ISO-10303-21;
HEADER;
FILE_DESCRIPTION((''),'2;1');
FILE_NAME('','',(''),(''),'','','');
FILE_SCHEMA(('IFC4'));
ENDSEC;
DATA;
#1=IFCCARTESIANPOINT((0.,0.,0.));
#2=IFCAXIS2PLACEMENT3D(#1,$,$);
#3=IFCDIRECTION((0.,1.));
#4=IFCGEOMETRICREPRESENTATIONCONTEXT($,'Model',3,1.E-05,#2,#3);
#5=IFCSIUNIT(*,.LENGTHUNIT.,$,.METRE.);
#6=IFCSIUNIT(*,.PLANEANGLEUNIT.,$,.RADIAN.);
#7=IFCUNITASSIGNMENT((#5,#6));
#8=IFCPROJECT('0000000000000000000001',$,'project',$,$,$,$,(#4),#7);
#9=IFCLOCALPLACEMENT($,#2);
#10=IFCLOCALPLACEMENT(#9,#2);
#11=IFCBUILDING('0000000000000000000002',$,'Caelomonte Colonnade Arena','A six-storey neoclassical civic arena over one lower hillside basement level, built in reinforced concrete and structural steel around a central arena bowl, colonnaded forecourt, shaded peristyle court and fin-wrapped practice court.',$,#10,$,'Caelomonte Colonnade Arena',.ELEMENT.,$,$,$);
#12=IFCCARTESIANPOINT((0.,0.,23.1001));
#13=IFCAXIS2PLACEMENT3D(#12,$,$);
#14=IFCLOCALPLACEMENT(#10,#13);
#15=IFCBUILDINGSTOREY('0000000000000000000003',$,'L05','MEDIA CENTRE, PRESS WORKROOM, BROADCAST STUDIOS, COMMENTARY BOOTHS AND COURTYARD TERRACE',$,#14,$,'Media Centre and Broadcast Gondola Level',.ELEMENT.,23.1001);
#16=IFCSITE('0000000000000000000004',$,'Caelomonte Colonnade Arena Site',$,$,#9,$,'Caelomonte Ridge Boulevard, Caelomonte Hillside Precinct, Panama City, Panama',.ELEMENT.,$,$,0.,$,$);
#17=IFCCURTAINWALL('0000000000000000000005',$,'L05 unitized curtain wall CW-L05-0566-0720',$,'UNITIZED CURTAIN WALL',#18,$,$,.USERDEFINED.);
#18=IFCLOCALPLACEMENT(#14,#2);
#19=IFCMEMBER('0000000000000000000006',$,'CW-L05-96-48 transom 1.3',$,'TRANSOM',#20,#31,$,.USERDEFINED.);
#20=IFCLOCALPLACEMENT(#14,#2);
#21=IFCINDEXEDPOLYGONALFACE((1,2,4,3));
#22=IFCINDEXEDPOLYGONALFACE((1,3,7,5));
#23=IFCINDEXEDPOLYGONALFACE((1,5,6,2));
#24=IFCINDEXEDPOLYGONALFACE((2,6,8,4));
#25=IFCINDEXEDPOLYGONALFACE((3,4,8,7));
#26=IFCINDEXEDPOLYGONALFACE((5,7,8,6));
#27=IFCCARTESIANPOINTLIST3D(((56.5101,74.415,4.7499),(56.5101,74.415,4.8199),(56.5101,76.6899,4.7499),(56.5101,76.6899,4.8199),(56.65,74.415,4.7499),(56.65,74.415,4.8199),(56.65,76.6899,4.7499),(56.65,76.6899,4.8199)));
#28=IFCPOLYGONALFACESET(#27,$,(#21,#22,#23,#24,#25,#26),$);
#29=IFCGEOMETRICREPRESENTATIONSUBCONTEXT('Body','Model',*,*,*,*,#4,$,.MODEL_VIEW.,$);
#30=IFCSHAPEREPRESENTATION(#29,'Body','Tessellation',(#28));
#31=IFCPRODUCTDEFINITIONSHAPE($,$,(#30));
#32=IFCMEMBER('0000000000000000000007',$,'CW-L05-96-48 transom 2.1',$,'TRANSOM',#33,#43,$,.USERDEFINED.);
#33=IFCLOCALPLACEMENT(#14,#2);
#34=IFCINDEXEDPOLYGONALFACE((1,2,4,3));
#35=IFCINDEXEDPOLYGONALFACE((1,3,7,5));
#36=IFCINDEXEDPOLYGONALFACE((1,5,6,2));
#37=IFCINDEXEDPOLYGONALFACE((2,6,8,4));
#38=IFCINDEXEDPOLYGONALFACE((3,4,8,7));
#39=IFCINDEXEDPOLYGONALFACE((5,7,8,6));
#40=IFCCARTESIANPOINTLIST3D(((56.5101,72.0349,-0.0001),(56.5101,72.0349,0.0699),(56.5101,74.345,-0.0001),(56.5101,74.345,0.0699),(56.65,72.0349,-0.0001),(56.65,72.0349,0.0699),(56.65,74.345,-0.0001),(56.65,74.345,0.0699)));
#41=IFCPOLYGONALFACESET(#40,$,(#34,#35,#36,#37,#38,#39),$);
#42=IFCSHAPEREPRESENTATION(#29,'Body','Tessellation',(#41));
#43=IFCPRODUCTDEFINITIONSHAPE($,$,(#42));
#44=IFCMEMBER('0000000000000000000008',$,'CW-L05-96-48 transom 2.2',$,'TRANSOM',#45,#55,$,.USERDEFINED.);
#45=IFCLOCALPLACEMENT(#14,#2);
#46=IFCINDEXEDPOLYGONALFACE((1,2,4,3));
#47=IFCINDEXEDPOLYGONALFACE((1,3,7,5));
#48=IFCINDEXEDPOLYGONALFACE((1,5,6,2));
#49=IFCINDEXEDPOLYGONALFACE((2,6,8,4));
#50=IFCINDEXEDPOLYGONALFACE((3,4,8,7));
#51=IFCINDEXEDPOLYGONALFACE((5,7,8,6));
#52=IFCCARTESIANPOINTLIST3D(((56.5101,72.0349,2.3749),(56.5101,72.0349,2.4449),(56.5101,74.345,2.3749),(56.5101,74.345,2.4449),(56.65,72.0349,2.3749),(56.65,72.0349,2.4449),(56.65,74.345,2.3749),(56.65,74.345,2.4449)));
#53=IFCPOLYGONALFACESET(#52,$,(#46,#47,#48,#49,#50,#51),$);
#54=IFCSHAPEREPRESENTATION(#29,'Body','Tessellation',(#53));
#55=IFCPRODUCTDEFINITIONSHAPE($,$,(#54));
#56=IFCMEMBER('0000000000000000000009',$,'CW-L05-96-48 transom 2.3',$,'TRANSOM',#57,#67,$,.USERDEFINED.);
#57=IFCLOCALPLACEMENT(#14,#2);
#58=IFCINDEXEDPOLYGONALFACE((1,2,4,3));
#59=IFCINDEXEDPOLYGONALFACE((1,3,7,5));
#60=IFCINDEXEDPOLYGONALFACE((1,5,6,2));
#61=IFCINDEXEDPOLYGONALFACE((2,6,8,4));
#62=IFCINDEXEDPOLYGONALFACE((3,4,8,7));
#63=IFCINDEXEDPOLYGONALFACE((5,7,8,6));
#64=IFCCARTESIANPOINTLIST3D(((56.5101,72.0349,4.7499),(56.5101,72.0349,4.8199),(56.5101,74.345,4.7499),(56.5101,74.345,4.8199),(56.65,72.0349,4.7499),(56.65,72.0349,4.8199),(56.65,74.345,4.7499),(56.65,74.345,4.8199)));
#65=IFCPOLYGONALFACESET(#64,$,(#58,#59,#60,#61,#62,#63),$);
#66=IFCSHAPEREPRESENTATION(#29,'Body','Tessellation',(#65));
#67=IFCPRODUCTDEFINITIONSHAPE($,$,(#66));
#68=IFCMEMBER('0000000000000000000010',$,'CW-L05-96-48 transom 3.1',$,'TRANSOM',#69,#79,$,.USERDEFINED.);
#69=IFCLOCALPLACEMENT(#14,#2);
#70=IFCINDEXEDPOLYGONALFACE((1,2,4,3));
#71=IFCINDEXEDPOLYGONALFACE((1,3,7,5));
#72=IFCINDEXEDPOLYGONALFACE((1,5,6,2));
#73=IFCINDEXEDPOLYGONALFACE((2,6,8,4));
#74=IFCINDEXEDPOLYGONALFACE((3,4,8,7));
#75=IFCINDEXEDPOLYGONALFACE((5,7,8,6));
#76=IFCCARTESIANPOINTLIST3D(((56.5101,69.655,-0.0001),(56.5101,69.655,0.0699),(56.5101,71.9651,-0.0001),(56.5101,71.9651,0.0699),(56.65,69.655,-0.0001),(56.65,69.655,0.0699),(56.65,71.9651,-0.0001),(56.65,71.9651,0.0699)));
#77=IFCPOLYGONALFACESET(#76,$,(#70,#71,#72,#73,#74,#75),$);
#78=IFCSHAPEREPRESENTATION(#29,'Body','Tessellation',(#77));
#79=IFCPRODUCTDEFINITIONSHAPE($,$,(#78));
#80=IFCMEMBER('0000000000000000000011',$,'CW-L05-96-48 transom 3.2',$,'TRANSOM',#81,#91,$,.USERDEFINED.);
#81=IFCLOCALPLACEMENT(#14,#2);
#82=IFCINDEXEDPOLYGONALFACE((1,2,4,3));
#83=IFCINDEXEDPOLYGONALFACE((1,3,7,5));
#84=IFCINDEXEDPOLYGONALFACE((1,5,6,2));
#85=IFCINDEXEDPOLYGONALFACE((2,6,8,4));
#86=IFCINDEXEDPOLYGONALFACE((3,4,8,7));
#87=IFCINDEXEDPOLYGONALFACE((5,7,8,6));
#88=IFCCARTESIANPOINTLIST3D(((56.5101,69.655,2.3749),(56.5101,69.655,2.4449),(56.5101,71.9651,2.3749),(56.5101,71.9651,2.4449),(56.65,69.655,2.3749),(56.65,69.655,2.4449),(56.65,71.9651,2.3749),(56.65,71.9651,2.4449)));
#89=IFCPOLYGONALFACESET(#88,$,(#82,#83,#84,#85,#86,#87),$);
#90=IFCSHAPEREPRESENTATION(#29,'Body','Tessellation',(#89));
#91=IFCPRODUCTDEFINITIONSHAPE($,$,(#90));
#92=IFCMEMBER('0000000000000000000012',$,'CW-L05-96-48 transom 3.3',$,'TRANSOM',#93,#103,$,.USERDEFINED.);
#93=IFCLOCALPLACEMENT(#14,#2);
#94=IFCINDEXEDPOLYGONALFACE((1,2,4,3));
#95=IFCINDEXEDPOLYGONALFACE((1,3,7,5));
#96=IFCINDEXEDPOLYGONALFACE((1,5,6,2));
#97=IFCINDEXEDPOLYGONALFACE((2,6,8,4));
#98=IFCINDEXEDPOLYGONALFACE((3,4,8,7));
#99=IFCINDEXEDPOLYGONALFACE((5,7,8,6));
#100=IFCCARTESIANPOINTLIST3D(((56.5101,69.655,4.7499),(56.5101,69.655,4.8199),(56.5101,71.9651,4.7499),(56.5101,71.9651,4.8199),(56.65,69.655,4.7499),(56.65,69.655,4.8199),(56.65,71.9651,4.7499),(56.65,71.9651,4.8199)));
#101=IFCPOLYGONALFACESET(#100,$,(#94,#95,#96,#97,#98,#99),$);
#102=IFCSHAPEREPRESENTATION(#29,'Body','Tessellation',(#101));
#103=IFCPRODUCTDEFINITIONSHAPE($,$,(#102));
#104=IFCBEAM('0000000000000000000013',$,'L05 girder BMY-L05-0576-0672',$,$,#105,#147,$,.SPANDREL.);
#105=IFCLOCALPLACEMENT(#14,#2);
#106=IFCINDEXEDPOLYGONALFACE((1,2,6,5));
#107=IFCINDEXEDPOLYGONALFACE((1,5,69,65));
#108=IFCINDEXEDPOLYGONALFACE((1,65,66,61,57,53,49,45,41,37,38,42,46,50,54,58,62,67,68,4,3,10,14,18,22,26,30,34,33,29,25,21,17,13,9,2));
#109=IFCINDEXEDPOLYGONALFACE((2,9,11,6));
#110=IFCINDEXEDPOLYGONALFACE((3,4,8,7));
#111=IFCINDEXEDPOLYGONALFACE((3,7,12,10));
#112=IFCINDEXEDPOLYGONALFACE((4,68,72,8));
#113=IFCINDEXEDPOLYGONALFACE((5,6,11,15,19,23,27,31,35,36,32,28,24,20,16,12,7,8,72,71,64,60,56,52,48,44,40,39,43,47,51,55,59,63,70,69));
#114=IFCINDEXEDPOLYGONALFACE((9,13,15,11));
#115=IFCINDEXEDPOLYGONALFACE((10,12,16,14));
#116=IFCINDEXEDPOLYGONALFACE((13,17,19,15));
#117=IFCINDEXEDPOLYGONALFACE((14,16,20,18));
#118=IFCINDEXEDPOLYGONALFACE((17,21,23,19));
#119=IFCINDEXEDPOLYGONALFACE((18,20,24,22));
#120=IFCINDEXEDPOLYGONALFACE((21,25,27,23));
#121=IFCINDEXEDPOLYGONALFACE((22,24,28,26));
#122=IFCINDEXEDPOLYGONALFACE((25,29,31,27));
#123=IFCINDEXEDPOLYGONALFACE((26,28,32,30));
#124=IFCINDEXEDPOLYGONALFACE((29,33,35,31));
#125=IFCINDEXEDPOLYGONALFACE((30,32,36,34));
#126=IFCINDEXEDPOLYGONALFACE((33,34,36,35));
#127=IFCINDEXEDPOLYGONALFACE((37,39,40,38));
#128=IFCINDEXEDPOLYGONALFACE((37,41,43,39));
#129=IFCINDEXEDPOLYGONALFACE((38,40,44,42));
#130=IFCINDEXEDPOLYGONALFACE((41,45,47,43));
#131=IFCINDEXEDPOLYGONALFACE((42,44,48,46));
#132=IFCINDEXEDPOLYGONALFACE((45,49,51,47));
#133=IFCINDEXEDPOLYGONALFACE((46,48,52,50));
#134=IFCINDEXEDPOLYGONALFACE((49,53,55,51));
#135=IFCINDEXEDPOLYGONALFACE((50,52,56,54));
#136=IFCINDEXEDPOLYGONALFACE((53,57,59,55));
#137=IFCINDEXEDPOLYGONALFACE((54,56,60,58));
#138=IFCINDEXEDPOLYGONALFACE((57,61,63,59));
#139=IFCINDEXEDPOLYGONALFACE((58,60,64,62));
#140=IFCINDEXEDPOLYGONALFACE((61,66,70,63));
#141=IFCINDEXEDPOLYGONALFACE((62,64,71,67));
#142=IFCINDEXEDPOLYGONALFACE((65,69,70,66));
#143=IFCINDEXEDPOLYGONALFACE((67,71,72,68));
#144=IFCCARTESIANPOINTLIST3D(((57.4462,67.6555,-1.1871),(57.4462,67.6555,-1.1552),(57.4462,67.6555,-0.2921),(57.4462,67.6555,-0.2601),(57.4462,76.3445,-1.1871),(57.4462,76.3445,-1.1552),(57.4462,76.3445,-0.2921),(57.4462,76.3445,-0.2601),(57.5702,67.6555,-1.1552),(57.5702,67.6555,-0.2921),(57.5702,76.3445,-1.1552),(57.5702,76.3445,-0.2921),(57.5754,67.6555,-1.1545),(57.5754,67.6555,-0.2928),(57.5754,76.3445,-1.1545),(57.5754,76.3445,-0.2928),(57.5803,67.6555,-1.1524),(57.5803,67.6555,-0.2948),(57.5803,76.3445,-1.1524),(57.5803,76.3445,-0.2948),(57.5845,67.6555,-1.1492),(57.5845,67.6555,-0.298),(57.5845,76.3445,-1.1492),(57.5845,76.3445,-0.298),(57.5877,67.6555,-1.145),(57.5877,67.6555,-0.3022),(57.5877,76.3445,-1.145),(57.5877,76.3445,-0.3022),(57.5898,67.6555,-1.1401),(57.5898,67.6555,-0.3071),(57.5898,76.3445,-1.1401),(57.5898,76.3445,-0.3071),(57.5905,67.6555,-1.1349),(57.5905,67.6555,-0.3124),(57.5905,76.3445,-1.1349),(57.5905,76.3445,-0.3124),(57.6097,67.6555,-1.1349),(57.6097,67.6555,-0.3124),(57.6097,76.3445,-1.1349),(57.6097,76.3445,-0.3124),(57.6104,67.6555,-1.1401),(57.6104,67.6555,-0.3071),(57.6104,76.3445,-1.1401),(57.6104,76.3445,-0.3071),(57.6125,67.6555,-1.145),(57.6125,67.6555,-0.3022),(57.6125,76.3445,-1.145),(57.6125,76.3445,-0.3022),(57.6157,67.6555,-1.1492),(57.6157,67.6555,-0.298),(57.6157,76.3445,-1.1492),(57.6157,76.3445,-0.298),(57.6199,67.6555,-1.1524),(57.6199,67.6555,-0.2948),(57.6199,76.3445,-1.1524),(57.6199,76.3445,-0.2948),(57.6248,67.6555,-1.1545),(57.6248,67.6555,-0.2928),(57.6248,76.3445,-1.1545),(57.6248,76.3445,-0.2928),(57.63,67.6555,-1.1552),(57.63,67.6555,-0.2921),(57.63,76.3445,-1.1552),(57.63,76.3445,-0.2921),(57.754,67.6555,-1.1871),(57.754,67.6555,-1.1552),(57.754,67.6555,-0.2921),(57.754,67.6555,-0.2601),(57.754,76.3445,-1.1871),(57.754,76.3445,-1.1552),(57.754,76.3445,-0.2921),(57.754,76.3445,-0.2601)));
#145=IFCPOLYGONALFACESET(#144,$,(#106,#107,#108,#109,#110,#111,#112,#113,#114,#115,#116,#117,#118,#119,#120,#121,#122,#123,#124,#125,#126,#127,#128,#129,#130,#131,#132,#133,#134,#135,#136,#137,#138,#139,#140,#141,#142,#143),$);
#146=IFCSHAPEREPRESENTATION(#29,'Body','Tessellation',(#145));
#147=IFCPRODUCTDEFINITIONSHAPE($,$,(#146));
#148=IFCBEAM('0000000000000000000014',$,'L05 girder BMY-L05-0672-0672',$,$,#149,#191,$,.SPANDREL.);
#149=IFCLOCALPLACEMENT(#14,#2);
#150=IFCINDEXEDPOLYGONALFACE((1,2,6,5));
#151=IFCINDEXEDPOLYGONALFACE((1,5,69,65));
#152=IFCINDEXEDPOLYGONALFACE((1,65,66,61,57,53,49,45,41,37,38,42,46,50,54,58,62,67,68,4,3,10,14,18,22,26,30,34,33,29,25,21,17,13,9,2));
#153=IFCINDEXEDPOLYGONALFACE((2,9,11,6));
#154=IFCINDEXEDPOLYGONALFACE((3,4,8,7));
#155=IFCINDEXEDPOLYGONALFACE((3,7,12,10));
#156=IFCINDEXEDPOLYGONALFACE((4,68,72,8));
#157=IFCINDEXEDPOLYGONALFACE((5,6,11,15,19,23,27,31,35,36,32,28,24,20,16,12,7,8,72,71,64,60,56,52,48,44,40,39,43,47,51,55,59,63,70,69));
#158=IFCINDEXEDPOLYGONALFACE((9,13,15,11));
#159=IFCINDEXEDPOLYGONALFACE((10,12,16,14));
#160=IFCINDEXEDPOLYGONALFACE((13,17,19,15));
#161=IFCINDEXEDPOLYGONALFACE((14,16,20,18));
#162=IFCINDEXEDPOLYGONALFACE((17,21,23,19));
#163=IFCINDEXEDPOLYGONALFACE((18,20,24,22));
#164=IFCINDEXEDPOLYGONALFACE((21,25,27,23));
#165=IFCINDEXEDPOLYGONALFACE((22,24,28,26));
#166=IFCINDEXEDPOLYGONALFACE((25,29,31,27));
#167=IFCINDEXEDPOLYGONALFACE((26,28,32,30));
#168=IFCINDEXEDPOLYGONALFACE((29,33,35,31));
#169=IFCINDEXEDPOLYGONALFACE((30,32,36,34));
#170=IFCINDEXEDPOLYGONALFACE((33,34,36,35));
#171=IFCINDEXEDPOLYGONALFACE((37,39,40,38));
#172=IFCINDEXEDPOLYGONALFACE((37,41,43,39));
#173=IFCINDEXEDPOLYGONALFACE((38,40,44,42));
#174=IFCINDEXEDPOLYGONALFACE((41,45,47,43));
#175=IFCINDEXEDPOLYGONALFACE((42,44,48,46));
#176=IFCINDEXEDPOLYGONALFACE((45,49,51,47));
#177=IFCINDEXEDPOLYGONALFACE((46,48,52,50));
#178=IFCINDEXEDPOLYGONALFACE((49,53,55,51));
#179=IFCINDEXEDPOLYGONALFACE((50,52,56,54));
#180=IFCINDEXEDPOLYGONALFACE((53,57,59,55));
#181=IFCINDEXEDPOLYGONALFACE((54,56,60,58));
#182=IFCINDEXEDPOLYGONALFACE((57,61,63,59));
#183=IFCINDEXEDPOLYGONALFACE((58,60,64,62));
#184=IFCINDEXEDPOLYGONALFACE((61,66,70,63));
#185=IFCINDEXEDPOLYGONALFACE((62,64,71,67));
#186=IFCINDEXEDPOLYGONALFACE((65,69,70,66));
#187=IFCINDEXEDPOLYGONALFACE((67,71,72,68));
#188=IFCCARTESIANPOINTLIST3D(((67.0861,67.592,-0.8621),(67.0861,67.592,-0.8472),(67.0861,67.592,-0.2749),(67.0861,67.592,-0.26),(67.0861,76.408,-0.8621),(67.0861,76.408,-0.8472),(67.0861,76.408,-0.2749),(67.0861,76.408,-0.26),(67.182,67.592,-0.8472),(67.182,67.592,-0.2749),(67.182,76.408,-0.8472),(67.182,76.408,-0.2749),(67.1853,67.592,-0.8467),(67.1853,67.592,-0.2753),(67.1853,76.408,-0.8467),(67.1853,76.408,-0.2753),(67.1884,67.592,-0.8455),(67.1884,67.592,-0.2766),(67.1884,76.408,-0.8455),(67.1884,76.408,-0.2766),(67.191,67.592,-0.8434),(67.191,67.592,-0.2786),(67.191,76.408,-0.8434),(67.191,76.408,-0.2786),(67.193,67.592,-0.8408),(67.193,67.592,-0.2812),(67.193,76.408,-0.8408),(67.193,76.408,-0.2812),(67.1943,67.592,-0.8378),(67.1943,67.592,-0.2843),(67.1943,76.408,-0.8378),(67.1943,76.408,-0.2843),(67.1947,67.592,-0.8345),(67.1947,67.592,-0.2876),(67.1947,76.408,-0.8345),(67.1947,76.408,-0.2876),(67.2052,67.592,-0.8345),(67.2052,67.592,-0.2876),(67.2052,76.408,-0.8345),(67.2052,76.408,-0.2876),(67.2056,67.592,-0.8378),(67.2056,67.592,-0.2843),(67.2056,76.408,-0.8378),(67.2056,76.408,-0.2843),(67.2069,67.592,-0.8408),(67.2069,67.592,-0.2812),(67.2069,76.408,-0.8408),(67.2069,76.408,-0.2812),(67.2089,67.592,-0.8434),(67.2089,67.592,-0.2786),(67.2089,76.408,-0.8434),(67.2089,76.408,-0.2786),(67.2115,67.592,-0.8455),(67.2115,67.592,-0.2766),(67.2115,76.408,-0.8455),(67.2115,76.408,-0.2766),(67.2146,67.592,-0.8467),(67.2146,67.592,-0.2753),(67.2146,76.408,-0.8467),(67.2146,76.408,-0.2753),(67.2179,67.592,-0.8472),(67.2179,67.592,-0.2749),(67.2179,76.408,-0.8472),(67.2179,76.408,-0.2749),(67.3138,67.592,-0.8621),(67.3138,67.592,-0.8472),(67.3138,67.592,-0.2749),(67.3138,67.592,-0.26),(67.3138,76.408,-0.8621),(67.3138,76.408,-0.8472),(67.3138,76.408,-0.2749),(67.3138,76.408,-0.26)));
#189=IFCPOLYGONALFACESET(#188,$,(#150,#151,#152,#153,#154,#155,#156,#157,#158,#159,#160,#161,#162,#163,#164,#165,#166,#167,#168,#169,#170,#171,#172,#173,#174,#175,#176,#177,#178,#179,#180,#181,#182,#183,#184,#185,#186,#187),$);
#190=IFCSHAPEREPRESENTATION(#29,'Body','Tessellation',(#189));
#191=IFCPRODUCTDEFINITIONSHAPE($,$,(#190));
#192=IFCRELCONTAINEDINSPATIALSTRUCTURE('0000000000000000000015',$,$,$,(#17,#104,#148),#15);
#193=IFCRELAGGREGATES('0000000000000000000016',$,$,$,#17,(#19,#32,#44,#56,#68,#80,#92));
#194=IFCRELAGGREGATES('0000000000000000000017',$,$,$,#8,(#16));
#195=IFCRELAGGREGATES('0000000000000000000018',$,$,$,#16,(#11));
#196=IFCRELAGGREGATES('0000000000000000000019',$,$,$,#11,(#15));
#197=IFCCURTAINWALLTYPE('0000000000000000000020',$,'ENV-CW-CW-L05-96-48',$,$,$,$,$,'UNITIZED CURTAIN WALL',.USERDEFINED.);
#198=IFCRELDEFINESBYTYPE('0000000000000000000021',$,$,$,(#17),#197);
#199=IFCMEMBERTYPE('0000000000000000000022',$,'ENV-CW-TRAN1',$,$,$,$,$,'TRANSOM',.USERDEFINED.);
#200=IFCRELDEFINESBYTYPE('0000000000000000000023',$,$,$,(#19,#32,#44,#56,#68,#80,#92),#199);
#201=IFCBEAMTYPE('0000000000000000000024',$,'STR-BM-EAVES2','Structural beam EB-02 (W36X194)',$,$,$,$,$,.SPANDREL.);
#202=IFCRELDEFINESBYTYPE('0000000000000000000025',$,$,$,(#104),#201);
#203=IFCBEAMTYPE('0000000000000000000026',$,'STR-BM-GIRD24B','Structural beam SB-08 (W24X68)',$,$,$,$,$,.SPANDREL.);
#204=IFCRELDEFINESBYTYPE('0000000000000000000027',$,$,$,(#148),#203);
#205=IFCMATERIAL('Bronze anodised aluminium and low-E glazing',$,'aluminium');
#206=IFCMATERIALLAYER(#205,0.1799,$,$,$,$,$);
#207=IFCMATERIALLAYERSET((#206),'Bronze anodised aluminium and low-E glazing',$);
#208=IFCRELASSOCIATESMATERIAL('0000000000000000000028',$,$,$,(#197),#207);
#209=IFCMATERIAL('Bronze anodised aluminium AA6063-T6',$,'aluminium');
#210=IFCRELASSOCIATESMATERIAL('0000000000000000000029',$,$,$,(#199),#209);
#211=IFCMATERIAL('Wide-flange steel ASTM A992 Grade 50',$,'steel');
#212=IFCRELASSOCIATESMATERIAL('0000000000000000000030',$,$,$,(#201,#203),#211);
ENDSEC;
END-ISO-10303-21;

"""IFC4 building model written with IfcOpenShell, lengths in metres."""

from ifc_helpers import new_model, si_unit, direction, frame, origin, origin_2d, place, context, subcontext, project, spatial, rectangle, i_section, extrude, material, layer, layer_set, material_profile, profile_set, type_object, element, aggregate, save


model = new_model("IFC4")

# Units and contexts
model_context = context("Model", 3, precision=1e-05, world=origin(), true_north=direction((0.0, 1.0)))
body_context = subcontext(model_context, "Body", "Model", "MODEL_VIEW")
ifc_project = project(units=[si_unit("LENGTHUNIT", "METRE"), si_unit("PLANEANGLEUNIT", "RADIAN")], contexts=[model_context])

# Site, building, storey
site_placement = place(None, origin())
site = spatial("IfcSite", under=ifc_project, at=site_placement, Name="Caelomonte Colonnade Arena Site", LongName="Caelomonte Ridge Boulevard, Caelomonte Hillside Precinct, Panama City, Panama", CompositionType="ELEMENT", RefElevation=0.0)
building_placement = place(site_placement, origin())
building = spatial("IfcBuilding", under=site, at=building_placement, Name="Caelomonte Colonnade Arena", Description="A six-storey neoclassical civic arena over one lower hillside basement level, built in reinforced concrete and structural steel around a central arena bowl, colonnaded forecourt, shaded peristyle court and fin-wrapped practice court.", LongName="Caelomonte Colonnade Arena", CompositionType="ELEMENT")
storey_placement = place(building_placement, frame((0.0, 0.0, 23.1001)))
storey = spatial("IfcBuildingStorey", under=building, at=storey_placement, Name="L05", Description="MEDIA CENTRE, PRESS WORKROOM, BROADCAST STUDIOS, COMMENTARY BOOTHS AND COURTYARD TERRACE", LongName="Media Centre and Broadcast Gondola Level", CompositionType="ELEMENT", Elevation=23.1001)

# Shared definitions
ifc_material_1 = material(Name="Wide-flange steel ASTM A992 Grade 50", Category="steel")

# Shared definitions
ifc_material_2 = material(Name="Bronze anodised aluminium and low-E glazing", Category="aluminium")
ifc_layer_1 = layer(ifc_material_2, 0.1799)
ifc_layer_set_1 = layer_set([ifc_layer_1], Name="Bronze anodised aluminium and low-E glazing")
curtain_wall_type = type_object("IfcCurtainWallType", Name="ENV-CW-CW-L05-96-48", ElementType="UNITIZED CURTAIN WALL", PredefinedType="USERDEFINED", material=ifc_layer_set_1)
ifc_material_3 = material(Name="Bronze anodised aluminium AA6063-T6", Category="aluminium")

# Curtain wall, members
curtain_wall_1_placement = place(storey_placement, origin())
curtain_wall_1 = element("IfcCurtainWall", 1, at=curtain_wall_1_placement, inside=storey, type_object=curtain_wall_type, Name="L05 unitized curtain wall CW-L05-0566-0720", ObjectType="UNITIZED CURTAIN WALL", PredefinedType="USERDEFINED")
ifc_material_profile_1 = material_profile(ifc_material_3, rectangle(XDim=0.0701, YDim=0.1399, at=origin_2d()), Name="CWT-70X140")
ifc_profile_set_1 = profile_set([ifc_material_profile_1], Name="Bronze anodised aluminium AA6063-T6")
member_type_1 = type_object("IfcMemberType", Name="ENV-CW-TRAN1", ElementType="TRANSOM", PredefinedType="USERDEFINED", material=ifc_profile_set_1)
member_1_placement = place(storey_placement, frame((56.5801, 76.6899, 4.7849), z_axis=(0.0, -1.0, 0.0), x_axis=(0.0, 0.0, 1.0)))
member_1 = element("IfcMember", 2, at=member_1_placement, type_object=member_type_1, Name="CW-L05-96-48 transom 1.3", ObjectType="TRANSOM", PredefinedType="USERDEFINED", context=body_context, shape_type="SweptSolid", body=[
    extrude(rectangle(XDim=0.0701, YDim=0.1399, at=origin_2d()), origin(), (0.0, 0.0, 1.0), 2.2749),
])
member_2_placement = place(storey_placement, frame((56.5801, 74.345, 0.0349), z_axis=(0.0, -1.0, 0.0), x_axis=(0.0, 0.0, 1.0)))
member_2 = element("IfcMember", 3, at=member_2_placement, type_object=member_type_1, Name="CW-L05-96-48 transom 2.1", ObjectType="TRANSOM", PredefinedType="USERDEFINED", context=body_context, shape_type="SweptSolid", body=[
    extrude(rectangle(XDim=0.0701, YDim=0.1399, at=origin_2d()), origin(), (0.0, 0.0, 1.0), 2.3101),
])
member_3_placement = place(storey_placement, frame((56.5801, 74.345, 2.4099), z_axis=(0.0, -1.0, 0.0), x_axis=(0.0, 0.0, 1.0)))
member_3 = element("IfcMember", 4, at=member_3_placement, type_object=member_type_1, Name="CW-L05-96-48 transom 2.2", ObjectType="TRANSOM", PredefinedType="USERDEFINED", context=body_context, shape_type="SweptSolid", body=[
    extrude(rectangle(XDim=0.0701, YDim=0.1399, at=origin_2d()), origin(), (0.0, 0.0, 1.0), 2.3101),
])
member_4_placement = place(storey_placement, frame((56.5801, 74.345, 4.7849), z_axis=(0.0, -1.0, 0.0), x_axis=(0.0, 0.0, 1.0)))
member_4 = element("IfcMember", 5, at=member_4_placement, type_object=member_type_1, Name="CW-L05-96-48 transom 2.3", ObjectType="TRANSOM", PredefinedType="USERDEFINED", context=body_context, shape_type="SweptSolid", body=[
    extrude(rectangle(XDim=0.0701, YDim=0.1399, at=origin_2d()), origin(), (0.0, 0.0, 1.0), 2.3101),
])
member_5_placement = place(storey_placement, frame((56.5801, 71.9651, 0.0349), z_axis=(0.0, -1.0, 0.0), x_axis=(0.0, 0.0, 1.0)))
member_5 = element("IfcMember", 6, at=member_5_placement, type_object=member_type_1, Name="CW-L05-96-48 transom 3.1", ObjectType="TRANSOM", PredefinedType="USERDEFINED", context=body_context, shape_type="SweptSolid", body=[
    extrude(rectangle(XDim=0.0701, YDim=0.1399, at=origin_2d()), origin(), (0.0, 0.0, 1.0), 2.3101),
])
member_6_placement = place(storey_placement, frame((56.5801, 71.9651, 2.4099), z_axis=(0.0, -1.0, 0.0), x_axis=(0.0, 0.0, 1.0)))
member_6 = element("IfcMember", 7, at=member_6_placement, type_object=member_type_1, Name="CW-L05-96-48 transom 3.2", ObjectType="TRANSOM", PredefinedType="USERDEFINED", context=body_context, shape_type="SweptSolid", body=[
    extrude(rectangle(XDim=0.0701, YDim=0.1399, at=origin_2d()), origin(), (0.0, 0.0, 1.0), 2.3101),
])
member_7_placement = place(storey_placement, frame((56.5801, 71.9651, 4.7849), z_axis=(0.0, -1.0, 0.0), x_axis=(0.0, 0.0, 1.0)))
member_7 = element("IfcMember", 8, at=member_7_placement, type_object=member_type_1, Name="CW-L05-96-48 transom 3.3", ObjectType="TRANSOM", PredefinedType="USERDEFINED", context=body_context, shape_type="SweptSolid", body=[
    extrude(rectangle(XDim=0.0701, YDim=0.1399, at=origin_2d()), origin(), (0.0, 0.0, 1.0), 2.3101),
])

# Beams
ifc_material_profile_2 = material_profile(ifc_material_1, i_section(OverallWidth=0.3079, OverallDepth=0.927, WebThickness=0.0193, FlangeThickness=0.032, FilletRadius=0.0203, at=origin_2d()), Name="W36X194")
ifc_profile_set_2 = profile_set([ifc_material_profile_2], Name="Wide-flange steel ASTM A992 Grade 50")
beam_type_1 = type_object("IfcBeamType", Name="STR-BM-EAVES2", Description="Structural beam EB-02 (W36X194)", PredefinedType="SPANDREL", material=ifc_profile_set_2)
beam_1_placement = place(storey_placement, frame((57.6001, 67.6555, -0.7236), z_axis=(0.0, 1.0, 0.0), x_axis=(-1.0, 0.0, 0.0)))
element("IfcBeam", 9, at=beam_1_placement, inside=storey, type_object=beam_type_1, Name="L05 girder BMY-L05-0576-0672", PredefinedType="SPANDREL", context=body_context, shape_type="SweptSolid", body=[
    extrude(i_section(OverallWidth=0.3079, OverallDepth=0.927, WebThickness=0.0193, FlangeThickness=0.032, FilletRadius=0.0203, at=origin_2d()), origin(), (0.0, 0.0, 1.0), 8.689),
])
ifc_material_profile_3 = material_profile(ifc_material_1, i_section(OverallWidth=0.2278, OverallDepth=0.6021, WebThickness=0.0105, FlangeThickness=0.0149, FilletRadius=0.0127, at=origin_2d()), Name="W24X68")
ifc_profile_set_3 = profile_set([ifc_material_profile_3], Name="Wide-flange steel ASTM A992 Grade 50")
beam_type_2 = type_object("IfcBeamType", Name="STR-BM-GIRD24B", Description="Structural beam SB-08 (W24X68)", PredefinedType="SPANDREL", material=ifc_profile_set_3)
beam_2_placement = place(storey_placement, frame((67.2, 67.592, -0.561), z_axis=(0.0, 1.0, 0.0), x_axis=(-1.0, 0.0, 0.0)))
element("IfcBeam", 10, at=beam_2_placement, inside=storey, type_object=beam_type_2, Name="L05 girder BMY-L05-0672-0672", PredefinedType="SPANDREL", context=body_context, shape_type="SweptSolid", body=[
    extrude(i_section(OverallWidth=0.2278, OverallDepth=0.6021, WebThickness=0.0105, FlangeThickness=0.0149, FilletRadius=0.0127, at=origin_2d()), origin(), (0.0, 0.0, 1.0), 8.8159),
])

aggregate(curtain_wall_1, [member_1, member_2, member_3, member_4, member_5, member_6, member_7])

save(model, "model.ifc")
